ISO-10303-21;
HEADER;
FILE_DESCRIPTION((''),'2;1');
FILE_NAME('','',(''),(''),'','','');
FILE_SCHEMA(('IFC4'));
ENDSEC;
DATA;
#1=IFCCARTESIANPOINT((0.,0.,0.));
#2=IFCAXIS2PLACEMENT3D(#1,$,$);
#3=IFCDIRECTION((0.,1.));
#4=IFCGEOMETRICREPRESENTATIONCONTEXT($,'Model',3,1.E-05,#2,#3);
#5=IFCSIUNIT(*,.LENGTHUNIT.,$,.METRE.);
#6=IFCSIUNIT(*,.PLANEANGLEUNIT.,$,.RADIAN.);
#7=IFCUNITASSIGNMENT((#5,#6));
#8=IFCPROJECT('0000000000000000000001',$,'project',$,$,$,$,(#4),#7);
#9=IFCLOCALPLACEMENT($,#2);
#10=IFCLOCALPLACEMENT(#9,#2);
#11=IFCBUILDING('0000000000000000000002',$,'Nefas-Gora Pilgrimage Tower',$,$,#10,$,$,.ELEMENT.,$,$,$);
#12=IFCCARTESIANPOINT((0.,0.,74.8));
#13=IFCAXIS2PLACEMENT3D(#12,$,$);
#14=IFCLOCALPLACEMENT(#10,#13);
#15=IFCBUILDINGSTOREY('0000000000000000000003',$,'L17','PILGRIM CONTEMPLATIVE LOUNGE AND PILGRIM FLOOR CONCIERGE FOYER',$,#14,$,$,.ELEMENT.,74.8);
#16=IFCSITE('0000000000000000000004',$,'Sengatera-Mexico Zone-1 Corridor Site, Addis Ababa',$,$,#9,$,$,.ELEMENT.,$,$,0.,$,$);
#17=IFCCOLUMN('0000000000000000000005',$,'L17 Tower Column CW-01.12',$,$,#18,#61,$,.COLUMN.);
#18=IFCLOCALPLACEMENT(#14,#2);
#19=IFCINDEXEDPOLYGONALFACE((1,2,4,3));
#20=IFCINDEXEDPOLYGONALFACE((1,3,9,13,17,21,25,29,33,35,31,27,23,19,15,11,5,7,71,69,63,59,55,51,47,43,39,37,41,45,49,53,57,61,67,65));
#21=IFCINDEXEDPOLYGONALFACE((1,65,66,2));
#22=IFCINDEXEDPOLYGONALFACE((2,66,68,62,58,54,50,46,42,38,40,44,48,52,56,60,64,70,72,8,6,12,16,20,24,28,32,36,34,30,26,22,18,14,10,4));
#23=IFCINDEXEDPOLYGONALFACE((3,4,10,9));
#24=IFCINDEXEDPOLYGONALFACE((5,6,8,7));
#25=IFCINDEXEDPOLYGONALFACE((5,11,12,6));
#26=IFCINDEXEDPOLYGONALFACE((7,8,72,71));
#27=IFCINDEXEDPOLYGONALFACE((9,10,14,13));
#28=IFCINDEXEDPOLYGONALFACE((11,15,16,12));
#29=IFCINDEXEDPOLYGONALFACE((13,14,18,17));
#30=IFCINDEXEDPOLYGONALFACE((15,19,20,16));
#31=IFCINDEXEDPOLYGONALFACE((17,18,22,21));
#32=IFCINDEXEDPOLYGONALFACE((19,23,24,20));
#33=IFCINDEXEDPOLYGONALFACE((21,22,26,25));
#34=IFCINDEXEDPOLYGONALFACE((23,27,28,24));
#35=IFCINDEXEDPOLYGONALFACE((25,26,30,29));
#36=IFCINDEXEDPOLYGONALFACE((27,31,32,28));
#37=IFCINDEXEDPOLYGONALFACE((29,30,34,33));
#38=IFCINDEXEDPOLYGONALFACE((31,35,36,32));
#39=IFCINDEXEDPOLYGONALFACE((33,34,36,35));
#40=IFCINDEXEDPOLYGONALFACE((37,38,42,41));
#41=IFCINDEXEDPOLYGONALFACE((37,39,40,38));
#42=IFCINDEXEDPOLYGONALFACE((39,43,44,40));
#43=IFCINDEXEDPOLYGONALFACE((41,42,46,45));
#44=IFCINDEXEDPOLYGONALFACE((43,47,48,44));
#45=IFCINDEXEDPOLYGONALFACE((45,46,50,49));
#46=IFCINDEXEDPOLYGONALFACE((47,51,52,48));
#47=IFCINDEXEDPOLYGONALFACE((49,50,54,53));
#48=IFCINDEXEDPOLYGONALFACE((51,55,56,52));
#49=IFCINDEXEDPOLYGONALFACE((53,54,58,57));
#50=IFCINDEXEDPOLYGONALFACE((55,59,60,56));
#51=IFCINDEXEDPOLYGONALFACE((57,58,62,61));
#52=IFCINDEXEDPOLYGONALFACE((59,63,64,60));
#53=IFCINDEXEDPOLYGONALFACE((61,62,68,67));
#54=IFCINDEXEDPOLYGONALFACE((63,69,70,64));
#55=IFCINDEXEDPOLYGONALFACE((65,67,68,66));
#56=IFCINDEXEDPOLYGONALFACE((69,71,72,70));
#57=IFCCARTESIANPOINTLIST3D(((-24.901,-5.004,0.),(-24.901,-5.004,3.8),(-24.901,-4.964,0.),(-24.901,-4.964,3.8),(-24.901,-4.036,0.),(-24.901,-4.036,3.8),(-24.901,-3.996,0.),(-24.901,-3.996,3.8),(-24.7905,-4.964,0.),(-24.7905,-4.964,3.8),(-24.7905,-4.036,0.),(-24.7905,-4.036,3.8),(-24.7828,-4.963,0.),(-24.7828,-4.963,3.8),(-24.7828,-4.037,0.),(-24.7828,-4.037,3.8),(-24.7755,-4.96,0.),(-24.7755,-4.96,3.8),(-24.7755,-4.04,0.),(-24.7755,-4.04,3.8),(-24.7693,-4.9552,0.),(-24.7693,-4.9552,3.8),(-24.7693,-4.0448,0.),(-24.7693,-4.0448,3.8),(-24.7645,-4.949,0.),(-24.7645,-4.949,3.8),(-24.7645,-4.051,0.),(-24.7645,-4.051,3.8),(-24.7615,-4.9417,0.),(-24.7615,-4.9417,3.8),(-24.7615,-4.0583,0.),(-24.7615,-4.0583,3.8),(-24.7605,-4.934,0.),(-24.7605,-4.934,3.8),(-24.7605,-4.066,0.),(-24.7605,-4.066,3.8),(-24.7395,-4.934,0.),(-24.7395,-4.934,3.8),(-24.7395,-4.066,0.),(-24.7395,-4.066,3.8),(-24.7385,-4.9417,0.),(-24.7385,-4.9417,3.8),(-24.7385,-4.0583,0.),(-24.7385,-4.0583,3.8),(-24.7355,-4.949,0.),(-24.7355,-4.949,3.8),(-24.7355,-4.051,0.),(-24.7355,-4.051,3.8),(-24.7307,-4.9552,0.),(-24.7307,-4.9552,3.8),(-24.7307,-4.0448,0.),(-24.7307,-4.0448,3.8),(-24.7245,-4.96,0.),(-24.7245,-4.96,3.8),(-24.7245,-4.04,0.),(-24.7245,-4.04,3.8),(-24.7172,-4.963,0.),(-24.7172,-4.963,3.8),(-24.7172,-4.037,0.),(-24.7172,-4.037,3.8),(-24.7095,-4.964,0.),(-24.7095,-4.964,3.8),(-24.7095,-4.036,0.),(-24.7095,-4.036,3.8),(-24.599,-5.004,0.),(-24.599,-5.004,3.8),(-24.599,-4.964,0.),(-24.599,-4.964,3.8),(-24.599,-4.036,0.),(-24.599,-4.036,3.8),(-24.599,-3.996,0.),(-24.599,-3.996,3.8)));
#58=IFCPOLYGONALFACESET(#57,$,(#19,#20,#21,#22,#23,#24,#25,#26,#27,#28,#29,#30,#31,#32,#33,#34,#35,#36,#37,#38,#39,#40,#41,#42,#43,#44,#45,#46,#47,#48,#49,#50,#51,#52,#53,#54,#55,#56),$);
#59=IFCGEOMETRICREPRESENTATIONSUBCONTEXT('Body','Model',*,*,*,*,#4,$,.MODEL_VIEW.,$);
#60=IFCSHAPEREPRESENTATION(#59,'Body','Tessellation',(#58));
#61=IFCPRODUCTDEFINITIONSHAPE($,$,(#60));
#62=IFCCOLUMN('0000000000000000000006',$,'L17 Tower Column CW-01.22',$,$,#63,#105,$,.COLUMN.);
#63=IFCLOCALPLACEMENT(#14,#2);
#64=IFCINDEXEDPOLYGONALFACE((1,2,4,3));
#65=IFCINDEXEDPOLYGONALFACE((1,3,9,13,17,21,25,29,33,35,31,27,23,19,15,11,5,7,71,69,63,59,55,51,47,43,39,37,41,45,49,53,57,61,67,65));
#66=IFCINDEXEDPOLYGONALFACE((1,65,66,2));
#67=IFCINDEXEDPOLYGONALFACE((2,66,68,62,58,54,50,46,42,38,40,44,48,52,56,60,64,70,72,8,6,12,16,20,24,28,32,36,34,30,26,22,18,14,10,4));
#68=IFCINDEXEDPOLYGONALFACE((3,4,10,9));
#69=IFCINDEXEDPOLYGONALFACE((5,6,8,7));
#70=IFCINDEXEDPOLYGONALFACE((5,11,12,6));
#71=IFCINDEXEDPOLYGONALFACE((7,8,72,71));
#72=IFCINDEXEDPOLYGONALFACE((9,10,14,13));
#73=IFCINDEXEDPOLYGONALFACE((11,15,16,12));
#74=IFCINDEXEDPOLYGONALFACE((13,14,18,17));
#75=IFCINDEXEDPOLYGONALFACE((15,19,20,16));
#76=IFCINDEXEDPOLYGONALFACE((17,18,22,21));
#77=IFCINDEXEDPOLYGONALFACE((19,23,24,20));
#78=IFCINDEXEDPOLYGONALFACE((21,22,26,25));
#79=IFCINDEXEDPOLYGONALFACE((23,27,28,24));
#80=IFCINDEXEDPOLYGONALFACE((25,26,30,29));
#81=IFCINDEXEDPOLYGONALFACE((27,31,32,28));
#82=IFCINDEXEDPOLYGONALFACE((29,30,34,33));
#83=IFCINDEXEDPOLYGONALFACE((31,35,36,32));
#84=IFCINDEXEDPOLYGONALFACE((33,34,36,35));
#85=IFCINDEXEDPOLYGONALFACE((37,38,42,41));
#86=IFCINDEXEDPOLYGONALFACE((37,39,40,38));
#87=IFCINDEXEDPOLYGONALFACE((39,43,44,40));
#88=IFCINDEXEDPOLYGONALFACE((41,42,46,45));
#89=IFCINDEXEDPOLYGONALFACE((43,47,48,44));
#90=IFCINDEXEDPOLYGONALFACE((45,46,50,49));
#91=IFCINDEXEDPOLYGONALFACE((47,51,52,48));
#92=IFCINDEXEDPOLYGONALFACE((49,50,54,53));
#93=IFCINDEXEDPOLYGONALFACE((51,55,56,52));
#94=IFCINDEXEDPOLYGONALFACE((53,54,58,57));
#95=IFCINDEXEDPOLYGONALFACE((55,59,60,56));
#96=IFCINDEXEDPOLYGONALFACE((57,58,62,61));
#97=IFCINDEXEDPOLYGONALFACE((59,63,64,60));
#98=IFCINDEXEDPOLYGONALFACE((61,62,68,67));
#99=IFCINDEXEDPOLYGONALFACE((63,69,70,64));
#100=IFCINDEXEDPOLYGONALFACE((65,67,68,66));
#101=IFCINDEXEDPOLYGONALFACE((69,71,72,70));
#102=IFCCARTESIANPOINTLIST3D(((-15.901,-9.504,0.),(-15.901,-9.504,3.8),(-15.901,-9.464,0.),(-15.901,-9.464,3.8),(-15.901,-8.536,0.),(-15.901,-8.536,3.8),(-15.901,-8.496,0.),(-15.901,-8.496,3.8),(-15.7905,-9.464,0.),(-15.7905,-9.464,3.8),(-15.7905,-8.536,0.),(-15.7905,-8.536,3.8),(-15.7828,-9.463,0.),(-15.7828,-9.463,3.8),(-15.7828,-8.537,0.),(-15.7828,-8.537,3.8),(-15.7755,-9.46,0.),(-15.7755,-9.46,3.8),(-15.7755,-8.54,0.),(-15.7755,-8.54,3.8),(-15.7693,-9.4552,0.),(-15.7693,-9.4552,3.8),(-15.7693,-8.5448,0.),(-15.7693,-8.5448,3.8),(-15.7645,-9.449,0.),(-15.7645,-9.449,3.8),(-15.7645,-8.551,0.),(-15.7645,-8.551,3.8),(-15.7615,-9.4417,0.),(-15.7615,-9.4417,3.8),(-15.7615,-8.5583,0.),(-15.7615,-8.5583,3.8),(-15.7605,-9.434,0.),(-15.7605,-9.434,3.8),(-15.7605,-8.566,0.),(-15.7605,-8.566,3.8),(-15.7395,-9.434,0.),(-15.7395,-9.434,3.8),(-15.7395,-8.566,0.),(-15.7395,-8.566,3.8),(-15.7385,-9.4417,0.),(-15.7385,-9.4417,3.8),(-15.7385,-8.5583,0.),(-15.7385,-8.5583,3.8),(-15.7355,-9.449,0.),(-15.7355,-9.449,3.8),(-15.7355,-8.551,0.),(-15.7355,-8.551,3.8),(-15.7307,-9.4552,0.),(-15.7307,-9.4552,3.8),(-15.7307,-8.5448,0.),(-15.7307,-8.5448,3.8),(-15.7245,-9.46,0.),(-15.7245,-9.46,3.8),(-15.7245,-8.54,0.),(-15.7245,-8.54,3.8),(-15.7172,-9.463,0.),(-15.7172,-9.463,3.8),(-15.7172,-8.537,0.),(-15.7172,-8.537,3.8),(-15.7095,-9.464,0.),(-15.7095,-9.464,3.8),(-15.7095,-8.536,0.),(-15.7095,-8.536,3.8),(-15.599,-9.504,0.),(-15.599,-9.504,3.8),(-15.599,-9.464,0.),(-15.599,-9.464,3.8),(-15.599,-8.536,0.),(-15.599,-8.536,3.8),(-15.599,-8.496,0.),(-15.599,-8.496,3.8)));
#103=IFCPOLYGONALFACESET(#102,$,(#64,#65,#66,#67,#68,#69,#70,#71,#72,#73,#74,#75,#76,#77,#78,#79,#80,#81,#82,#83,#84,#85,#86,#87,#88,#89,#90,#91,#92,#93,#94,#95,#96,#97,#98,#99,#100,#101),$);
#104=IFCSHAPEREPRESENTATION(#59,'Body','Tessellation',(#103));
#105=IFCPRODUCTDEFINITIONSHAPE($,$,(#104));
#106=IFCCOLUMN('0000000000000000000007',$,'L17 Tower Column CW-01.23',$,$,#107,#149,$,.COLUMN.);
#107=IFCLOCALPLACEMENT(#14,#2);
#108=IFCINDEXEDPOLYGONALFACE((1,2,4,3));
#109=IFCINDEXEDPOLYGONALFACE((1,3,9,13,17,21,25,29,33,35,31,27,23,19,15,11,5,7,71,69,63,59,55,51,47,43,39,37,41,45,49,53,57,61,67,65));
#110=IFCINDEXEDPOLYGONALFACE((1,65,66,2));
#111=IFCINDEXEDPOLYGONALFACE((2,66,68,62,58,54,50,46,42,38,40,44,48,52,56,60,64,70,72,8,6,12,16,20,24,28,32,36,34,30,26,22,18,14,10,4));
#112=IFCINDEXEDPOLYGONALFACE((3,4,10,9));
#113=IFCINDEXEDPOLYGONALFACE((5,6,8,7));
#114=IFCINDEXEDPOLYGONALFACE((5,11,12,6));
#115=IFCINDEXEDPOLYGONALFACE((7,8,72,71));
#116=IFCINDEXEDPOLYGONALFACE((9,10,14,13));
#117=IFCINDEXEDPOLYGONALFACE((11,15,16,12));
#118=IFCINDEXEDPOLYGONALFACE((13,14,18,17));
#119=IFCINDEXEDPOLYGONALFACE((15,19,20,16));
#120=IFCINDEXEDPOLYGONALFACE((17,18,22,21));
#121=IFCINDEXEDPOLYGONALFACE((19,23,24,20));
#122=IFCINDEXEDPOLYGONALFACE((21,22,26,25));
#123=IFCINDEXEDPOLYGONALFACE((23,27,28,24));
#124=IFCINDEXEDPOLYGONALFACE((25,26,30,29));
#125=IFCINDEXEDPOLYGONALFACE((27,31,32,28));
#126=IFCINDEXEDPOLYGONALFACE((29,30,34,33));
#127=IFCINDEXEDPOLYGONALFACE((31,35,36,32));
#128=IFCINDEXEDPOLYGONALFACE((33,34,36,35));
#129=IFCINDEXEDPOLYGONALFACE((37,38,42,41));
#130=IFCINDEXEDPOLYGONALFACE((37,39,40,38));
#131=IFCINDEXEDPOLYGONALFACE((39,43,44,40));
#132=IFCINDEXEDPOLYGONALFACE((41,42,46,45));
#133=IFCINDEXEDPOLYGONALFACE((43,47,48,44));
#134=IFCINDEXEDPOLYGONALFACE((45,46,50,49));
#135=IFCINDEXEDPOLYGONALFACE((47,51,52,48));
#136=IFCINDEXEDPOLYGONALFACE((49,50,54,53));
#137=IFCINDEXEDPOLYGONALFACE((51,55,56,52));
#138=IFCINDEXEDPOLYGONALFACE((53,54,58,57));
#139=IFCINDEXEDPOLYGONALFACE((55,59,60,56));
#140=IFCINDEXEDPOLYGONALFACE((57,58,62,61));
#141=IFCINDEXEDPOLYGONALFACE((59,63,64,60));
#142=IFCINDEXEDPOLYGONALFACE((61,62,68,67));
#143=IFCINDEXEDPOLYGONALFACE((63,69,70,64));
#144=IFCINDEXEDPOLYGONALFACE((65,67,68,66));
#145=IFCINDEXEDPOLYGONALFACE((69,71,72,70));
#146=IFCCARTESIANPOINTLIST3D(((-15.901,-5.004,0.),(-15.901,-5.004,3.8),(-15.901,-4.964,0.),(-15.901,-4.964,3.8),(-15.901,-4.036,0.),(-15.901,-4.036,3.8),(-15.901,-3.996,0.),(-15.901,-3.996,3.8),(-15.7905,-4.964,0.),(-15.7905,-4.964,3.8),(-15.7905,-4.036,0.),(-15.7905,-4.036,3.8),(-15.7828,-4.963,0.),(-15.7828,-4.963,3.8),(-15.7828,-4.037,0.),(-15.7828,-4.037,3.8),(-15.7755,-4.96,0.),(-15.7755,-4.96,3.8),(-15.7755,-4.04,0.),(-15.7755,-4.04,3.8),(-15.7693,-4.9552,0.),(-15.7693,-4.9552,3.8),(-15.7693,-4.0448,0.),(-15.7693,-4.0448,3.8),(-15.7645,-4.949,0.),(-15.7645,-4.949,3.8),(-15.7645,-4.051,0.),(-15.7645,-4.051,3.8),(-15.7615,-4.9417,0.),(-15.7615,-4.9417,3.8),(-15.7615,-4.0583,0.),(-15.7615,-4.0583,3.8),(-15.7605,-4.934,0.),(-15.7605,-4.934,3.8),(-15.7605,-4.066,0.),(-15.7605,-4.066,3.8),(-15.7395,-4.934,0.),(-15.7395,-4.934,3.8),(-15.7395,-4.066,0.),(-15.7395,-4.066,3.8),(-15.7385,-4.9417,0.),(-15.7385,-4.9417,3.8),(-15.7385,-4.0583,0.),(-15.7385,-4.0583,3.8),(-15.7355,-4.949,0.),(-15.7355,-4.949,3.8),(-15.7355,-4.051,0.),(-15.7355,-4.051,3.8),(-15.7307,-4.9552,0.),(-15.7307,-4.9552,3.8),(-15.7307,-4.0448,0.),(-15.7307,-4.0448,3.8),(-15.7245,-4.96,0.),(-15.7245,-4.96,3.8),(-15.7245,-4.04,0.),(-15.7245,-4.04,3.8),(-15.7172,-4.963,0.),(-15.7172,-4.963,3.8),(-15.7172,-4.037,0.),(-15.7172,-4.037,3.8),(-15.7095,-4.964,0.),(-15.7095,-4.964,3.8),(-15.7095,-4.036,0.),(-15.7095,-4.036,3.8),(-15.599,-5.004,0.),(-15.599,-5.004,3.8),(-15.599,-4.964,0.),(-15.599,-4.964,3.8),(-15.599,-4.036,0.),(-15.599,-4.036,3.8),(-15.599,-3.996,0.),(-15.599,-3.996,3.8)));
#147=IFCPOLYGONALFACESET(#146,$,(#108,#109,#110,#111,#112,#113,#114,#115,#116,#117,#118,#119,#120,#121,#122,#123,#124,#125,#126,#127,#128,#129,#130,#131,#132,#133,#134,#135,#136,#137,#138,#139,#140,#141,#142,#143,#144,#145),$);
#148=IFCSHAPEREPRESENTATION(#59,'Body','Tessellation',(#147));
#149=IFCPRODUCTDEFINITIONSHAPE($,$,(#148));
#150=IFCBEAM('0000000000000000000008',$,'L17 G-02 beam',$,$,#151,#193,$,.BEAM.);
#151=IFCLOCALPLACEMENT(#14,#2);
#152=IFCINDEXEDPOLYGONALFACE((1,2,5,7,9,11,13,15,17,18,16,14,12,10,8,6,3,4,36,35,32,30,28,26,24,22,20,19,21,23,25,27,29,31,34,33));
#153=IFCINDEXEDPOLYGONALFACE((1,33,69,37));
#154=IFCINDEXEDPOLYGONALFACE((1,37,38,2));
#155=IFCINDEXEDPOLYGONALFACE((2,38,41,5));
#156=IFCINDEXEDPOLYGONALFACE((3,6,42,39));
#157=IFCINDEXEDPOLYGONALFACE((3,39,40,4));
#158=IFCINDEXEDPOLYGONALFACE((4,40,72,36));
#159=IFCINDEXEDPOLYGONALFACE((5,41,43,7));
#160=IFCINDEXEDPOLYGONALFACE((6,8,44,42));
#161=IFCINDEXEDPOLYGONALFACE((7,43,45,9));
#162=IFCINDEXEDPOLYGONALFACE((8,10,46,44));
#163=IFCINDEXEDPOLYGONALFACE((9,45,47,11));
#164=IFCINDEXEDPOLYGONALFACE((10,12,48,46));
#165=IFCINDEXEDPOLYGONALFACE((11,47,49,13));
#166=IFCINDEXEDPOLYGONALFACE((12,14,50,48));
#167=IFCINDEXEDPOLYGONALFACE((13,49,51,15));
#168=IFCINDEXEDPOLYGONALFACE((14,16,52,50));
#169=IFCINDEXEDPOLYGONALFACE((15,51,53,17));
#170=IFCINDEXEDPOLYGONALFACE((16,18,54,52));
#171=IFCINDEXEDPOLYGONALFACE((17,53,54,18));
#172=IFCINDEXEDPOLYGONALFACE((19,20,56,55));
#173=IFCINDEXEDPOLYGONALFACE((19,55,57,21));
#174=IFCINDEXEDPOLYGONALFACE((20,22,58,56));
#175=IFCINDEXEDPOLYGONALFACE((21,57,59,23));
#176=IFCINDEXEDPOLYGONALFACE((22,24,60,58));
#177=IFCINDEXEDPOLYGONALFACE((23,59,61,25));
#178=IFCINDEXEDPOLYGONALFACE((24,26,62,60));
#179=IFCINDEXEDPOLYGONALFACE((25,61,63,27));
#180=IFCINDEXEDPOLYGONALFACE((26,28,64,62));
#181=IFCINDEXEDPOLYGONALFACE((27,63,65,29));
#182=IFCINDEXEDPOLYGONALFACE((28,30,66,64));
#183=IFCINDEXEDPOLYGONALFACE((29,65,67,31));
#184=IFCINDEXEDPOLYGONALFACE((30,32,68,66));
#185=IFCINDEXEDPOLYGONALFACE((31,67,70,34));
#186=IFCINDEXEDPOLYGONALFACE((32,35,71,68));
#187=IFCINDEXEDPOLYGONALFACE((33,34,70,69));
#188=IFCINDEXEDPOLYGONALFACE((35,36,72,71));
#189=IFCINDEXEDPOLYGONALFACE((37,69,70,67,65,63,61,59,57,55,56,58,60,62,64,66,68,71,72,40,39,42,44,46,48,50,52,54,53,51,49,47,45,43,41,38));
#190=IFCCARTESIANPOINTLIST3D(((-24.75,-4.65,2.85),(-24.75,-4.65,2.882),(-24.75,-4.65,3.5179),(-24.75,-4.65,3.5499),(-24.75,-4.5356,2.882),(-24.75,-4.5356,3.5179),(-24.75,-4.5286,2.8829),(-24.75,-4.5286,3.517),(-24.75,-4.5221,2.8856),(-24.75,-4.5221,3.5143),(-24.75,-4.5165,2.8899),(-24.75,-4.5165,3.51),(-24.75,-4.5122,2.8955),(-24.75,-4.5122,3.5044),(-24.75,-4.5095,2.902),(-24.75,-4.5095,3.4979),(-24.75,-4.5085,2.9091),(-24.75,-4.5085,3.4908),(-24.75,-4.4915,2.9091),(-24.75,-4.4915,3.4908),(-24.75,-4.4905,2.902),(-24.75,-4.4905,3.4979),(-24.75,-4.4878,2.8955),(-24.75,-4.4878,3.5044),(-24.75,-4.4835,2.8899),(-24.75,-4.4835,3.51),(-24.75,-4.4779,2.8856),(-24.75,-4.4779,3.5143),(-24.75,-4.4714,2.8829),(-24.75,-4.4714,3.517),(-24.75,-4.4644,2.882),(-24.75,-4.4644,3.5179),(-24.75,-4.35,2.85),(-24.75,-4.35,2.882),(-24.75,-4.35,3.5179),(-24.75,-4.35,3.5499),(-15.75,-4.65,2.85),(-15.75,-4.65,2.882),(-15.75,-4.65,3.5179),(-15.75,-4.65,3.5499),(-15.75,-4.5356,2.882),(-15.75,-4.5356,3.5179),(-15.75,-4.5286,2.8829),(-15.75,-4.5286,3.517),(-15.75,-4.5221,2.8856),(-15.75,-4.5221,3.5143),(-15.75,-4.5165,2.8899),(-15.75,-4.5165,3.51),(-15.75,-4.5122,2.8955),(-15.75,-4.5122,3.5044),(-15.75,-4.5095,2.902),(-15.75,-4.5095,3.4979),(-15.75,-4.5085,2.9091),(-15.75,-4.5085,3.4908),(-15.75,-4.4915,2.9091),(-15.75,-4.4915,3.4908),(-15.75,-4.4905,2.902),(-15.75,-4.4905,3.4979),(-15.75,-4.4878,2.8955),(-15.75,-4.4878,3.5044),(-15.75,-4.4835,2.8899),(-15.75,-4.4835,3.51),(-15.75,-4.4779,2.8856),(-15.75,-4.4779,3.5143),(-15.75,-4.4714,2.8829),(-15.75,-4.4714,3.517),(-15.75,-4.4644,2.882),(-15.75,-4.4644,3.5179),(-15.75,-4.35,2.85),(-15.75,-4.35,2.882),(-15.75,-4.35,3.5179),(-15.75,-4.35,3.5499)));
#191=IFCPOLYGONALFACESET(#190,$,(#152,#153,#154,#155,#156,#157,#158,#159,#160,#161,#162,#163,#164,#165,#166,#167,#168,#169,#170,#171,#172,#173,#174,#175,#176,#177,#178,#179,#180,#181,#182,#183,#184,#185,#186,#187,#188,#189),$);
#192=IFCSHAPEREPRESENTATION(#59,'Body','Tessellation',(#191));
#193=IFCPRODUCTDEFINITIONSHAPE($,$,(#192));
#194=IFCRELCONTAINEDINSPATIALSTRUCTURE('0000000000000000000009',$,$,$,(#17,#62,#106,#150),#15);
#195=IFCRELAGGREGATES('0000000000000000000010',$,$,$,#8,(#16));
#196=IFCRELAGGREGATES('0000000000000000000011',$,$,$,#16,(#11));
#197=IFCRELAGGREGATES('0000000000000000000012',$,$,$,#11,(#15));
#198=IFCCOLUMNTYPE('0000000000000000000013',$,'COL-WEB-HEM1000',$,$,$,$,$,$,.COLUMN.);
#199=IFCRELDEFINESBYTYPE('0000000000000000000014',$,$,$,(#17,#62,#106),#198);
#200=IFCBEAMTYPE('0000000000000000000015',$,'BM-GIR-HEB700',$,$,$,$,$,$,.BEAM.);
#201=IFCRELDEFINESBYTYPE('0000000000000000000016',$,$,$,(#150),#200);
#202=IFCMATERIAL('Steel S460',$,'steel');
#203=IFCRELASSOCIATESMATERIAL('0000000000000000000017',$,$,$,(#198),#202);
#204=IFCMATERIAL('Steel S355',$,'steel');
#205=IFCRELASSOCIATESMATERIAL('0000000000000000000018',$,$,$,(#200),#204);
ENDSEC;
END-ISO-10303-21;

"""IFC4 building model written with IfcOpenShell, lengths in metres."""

from ifc_helpers import new_model, si_unit, direction, frame, origin, origin_2d, place, context, subcontext, project, spatial, i_section, extrude, source, transform, mapped, material, material_profile, profile_set, type_object, element, save


model = new_model("IFC4")

# Units and contexts
model_context = context("Model", 3, precision=1e-05, world=origin(), true_north=direction((0.0, 1.0)))
body_context = subcontext(model_context, "Body", "Model", "MODEL_VIEW")
ifc_project = project(units=[si_unit("LENGTHUNIT", "METRE"), si_unit("PLANEANGLEUNIT", "RADIAN")], contexts=[model_context])

# Site, building, storey
site_placement = place(None, origin())
site = spatial("IfcSite", under=ifc_project, at=site_placement, Name="Sengatera-Mexico Zone-1 Corridor Site, Addis Ababa", CompositionType="ELEMENT", RefElevation=0.0)
building_placement = place(site_placement, origin())
building = spatial("IfcBuilding", under=site, at=building_placement, Name="Nefas-Gora Pilgrimage Tower", CompositionType="ELEMENT")
storey_placement = place(building_placement, frame((0.0, 0.0, 74.8)))
storey = spatial("IfcBuildingStorey", under=building, at=storey_placement, Name="L17", Description="PILGRIM CONTEMPLATIVE LOUNGE AND PILGRIM FLOOR CONCIERGE FOYER", CompositionType="ELEMENT", Elevation=74.8)

# Columns
ifc_material_1 = material(Name="Steel S460", Category="steel")
ifc_material_profile_1 = material_profile(ifc_material_1, i_section(OverallWidth=0.302, OverallDepth=1.0081, WebThickness=0.021, FlangeThickness=0.04, FilletRadius=0.03, at=origin_2d()), Name="HEM 1000")
ifc_profile_set_1 = profile_set([ifc_material_profile_1], Name="Steel S460")
column_type = type_object("IfcColumnType", Name="COL-WEB-HEM1000", PredefinedType="COLUMN", material=ifc_profile_set_1)
shared_shape_1 = source(origin(), body_context, "Body", "SweptSolid", [
    extrude(i_section(OverallWidth=0.302, OverallDepth=1.0081, WebThickness=0.021, FlangeThickness=0.04, FilletRadius=0.03, at=origin_2d()), origin(), (0.0, 0.0, 1.0), 3.8),
])
for number, where, z_axis, x_axis, name in (
    (1, (-24.75, -4.5, 0.0), (0.0, 0.0, 1.0), (1.0, 0.0, 0.0), "L17 Tower Column CW-01.12"),
    (2, (-15.75, -9.0, 0.0), (0.0, 0.0, 1.0), (1.0, 0.0, 0.0), "L17 Tower Column CW-01.22"),
    (3, (-15.75, -4.5, 0.0), (0.0, 0.0, 1.0), (1.0, 0.0, 0.0), "L17 Tower Column CW-01.23"),
):
    element("IfcColumn", number, at=place(storey_placement, frame(where, z_axis=z_axis, x_axis=x_axis)), inside=storey, type_object=column_type, Name=name, PredefinedType="COLUMN", context=body_context, shape_type="MappedRepresentation", body=[
        mapped(shared_shape_1, transform((0.0, 0.0, 0.0), x_axis=(1.0, 0.0, 0.0), y_axis=(0.0, 1.0, 0.0), z_axis=(0.0, 0.0, 1.0), scale=1.0)),
    ])

# Beam
ifc_material_2 = material(Name="Steel S355", Category="steel")
ifc_material_profile_2 = material_profile(ifc_material_2, i_section(OverallWidth=0.3, OverallDepth=0.7, WebThickness=0.0171, FlangeThickness=0.032, FilletRadius=0.0271, at=origin_2d()), Name="HEB 700")
ifc_profile_set_2 = profile_set([ifc_material_profile_2], Name="Steel S355")
beam_type = type_object("IfcBeamType", Name="BM-GIR-HEB700", PredefinedType="BEAM", material=ifc_profile_set_2)
shared_shape_2 = source(origin(), body_context, "Body", "SweptSolid", [
    extrude(i_section(OverallWidth=0.3, OverallDepth=0.7, WebThickness=0.0171, FlangeThickness=0.032, FilletRadius=0.0271, at=origin_2d()), origin(), (0.0, 0.0, 1.0), 9.0),
])
beam_placement = place(storey_placement, frame((-24.75, -4.5, 3.2), z_axis=(1.0, 0.0, 0.0), x_axis=(0.0, 1.0, 0.0)))
element("IfcBeam", 4, at=beam_placement, inside=storey, type_object=beam_type, Name="L17 G-02 beam", PredefinedType="BEAM", context=body_context, shape_type="MappedRepresentation", body=[
    mapped(shared_shape_2, transform((0.0, 0.0, 0.0), x_axis=(1.0, 0.0, 0.0), y_axis=(0.0, 1.0, 0.0), z_axis=(0.0, 0.0, 1.0), scale=1.0)),
])

save(model, "model.ifc")
